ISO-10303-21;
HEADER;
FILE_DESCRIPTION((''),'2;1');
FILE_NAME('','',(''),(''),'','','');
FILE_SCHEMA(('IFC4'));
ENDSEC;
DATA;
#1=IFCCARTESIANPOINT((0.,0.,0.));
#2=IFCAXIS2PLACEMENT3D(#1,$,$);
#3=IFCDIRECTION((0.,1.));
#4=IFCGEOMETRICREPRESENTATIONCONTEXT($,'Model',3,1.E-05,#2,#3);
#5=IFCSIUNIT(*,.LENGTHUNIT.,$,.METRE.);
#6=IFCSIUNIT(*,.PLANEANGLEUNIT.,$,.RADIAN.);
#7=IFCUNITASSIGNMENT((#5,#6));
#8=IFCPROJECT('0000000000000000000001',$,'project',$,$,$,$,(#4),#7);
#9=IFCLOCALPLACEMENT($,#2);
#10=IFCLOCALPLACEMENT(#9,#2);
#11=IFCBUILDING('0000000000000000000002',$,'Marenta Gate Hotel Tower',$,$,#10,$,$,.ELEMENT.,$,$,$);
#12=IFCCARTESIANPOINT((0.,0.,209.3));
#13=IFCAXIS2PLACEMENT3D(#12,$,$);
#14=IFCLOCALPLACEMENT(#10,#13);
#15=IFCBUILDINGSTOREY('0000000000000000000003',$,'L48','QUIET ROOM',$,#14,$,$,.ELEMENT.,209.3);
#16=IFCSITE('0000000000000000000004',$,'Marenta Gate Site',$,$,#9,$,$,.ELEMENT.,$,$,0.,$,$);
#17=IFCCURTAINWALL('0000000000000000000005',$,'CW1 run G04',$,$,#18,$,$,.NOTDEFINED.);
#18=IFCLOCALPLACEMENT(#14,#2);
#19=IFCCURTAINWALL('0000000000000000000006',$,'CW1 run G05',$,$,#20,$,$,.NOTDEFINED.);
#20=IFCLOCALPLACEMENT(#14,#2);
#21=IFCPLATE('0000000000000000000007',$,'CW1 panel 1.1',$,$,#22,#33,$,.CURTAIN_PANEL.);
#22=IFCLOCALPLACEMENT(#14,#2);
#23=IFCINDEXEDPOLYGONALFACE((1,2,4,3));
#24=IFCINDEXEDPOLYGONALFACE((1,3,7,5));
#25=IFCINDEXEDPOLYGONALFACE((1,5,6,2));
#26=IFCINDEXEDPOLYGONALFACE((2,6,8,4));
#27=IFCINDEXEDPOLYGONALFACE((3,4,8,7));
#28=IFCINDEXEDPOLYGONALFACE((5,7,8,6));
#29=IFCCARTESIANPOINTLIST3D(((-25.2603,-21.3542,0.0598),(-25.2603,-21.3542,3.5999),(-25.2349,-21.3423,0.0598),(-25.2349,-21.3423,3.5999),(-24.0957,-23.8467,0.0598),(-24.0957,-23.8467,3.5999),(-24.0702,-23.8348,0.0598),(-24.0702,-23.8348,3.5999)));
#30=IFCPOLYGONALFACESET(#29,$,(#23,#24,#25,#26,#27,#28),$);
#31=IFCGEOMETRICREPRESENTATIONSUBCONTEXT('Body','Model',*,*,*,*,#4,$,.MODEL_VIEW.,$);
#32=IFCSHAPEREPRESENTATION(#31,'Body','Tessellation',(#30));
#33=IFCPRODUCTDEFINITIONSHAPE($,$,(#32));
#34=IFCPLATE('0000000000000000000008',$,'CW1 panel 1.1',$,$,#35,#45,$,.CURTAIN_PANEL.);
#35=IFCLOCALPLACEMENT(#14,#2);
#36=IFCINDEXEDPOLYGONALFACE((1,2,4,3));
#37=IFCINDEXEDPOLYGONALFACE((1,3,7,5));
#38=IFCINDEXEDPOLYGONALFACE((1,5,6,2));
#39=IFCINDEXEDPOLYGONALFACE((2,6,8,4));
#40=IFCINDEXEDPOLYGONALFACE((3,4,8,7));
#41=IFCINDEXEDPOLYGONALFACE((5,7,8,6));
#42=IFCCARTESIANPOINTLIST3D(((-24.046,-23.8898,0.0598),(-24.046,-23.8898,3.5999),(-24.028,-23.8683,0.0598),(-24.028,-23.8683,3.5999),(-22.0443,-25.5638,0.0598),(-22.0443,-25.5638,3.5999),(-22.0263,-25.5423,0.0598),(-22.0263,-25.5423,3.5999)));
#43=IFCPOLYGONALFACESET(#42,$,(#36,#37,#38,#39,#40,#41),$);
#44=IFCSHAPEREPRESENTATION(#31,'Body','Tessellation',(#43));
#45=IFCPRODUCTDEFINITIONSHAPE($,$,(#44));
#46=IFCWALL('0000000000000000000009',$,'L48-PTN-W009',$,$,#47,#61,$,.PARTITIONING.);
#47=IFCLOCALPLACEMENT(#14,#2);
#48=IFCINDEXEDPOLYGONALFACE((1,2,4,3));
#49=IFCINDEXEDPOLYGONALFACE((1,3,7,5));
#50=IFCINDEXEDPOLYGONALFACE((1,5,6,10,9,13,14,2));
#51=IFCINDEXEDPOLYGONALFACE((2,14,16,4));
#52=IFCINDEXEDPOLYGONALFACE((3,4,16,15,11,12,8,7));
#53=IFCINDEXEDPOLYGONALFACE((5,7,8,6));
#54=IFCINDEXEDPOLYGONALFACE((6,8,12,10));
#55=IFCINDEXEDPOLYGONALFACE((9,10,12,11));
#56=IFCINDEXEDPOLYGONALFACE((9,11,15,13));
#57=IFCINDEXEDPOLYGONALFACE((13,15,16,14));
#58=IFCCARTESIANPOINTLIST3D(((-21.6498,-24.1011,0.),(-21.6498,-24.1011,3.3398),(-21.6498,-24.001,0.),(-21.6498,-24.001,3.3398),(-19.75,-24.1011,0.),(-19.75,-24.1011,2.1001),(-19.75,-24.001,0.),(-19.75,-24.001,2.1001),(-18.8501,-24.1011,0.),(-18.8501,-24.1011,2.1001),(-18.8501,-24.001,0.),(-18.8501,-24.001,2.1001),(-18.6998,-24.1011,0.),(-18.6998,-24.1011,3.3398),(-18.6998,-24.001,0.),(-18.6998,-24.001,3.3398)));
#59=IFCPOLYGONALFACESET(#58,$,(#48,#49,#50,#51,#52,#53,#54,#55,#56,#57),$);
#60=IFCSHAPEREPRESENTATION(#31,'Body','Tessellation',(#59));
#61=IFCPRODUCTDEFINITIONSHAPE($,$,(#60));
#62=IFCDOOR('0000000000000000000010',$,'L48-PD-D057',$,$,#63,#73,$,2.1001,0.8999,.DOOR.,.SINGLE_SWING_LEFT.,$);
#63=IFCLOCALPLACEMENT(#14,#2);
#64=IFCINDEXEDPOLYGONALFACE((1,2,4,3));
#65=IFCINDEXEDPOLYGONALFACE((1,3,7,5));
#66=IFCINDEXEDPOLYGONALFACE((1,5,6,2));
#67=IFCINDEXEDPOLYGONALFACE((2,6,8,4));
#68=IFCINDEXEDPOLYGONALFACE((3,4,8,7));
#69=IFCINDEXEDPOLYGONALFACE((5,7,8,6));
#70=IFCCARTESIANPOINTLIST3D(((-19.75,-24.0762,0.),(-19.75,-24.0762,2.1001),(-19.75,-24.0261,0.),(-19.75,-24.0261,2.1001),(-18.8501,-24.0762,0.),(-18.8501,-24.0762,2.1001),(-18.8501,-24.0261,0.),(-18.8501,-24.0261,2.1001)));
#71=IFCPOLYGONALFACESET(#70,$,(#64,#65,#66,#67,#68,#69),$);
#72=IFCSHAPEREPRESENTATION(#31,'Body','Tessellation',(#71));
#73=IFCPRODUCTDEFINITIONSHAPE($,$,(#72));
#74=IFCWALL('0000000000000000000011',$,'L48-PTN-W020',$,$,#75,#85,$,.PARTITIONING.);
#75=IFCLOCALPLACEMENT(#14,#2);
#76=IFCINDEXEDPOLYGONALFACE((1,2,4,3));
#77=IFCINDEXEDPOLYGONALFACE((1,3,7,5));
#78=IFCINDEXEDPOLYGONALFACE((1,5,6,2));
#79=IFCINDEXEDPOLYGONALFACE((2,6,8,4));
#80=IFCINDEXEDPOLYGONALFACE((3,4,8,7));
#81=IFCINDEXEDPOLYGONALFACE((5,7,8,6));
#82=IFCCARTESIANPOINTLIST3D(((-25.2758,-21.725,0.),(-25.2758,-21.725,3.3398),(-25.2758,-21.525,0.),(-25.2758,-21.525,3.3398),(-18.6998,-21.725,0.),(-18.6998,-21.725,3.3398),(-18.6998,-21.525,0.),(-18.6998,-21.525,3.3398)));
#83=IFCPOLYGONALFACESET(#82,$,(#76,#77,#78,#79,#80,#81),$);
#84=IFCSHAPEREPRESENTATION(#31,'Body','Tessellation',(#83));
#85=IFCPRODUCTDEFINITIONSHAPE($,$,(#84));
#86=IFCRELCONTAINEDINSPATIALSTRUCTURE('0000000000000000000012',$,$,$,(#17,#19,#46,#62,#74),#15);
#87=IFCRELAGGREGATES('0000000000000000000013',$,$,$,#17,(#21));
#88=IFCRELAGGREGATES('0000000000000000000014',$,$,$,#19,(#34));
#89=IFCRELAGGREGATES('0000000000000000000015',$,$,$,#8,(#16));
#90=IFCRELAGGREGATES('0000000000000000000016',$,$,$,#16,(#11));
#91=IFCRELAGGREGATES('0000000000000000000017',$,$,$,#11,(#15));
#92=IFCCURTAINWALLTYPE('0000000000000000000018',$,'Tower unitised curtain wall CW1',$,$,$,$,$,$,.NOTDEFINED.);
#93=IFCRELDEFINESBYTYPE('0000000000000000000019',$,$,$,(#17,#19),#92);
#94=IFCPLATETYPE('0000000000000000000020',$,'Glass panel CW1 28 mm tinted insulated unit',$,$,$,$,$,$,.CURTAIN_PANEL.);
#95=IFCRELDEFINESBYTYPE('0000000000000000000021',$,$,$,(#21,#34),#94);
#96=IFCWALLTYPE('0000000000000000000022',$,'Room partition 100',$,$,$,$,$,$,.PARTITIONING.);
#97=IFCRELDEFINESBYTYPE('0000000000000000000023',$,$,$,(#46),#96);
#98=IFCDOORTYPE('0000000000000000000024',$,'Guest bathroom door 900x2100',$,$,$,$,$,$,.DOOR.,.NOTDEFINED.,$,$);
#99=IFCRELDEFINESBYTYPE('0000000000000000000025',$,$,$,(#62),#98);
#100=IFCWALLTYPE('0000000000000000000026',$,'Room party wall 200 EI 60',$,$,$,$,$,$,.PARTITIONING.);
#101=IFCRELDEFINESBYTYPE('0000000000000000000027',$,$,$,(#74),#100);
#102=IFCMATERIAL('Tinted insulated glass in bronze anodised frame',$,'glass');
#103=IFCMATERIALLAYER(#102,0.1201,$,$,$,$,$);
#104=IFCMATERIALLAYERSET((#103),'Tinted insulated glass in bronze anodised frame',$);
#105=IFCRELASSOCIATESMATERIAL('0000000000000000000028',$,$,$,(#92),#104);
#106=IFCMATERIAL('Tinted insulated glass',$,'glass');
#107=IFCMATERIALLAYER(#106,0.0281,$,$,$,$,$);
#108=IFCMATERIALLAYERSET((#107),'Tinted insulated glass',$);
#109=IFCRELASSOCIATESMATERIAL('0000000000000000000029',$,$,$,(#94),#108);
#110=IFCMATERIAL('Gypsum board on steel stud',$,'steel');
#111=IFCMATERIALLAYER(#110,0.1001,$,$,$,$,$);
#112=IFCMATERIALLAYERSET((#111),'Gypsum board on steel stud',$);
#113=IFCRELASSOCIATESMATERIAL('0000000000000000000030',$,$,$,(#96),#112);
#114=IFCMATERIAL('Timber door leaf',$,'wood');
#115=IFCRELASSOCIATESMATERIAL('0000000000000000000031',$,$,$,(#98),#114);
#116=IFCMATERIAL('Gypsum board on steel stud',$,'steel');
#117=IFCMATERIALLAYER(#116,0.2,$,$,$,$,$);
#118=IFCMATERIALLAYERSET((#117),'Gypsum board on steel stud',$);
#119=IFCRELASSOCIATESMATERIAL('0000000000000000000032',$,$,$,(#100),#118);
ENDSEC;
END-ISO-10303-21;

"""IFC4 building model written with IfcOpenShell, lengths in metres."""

from ifc_helpers import new_model, si_unit, direction, frame, frame_2d, origin, origin_2d, place, context, subcontext, project, spatial, rectangle, extrude, material, layer, layer_set, type_object, element, fill, aggregate, save


model = new_model("IFC4")

# Units and contexts
model_context = context("Model", 3, precision=1e-05, world=origin(), true_north=direction((0.0, 1.0)))
body_context = subcontext(model_context, "Body", "Model", "MODEL_VIEW")
ifc_project = project(units=[si_unit("LENGTHUNIT", "METRE"), si_unit("PLANEANGLEUNIT", "RADIAN")], contexts=[model_context])

# Site, building, storey
site_placement = place(None, origin())
site = spatial("IfcSite", under=ifc_project, at=site_placement, Name="Marenta Gate Site", CompositionType="ELEMENT", RefElevation=0.0)
building_placement = place(site_placement, origin())
building = spatial("IfcBuilding", under=site, at=building_placement, Name="Marenta Gate Hotel Tower", CompositionType="ELEMENT")
storey_placement = place(building_placement, frame((0.0, 0.0, 209.3)))
storey = spatial("IfcBuildingStorey", under=building, at=storey_placement, Name="L48", Description="QUIET ROOM", CompositionType="ELEMENT", Elevation=209.3)

# Curtain walls
ifc_material_1 = material(Name="Tinted insulated glass in bronze anodised frame", Category="glass")
ifc_layer_1 = layer(ifc_material_1, 0.1201)
ifc_layer_set_1 = layer_set([ifc_layer_1], Name="Tinted insulated glass in bronze anodised frame")
curtain_wall_type = type_object("IfcCurtainWallType", Name="Tower unitised curtain wall CW1", PredefinedType="NOTDEFINED", material=ifc_layer_set_1)
curtain_wall_1_placement = place(storey_placement, origin())
curtain_wall_1 = element("IfcCurtainWall", 1, at=curtain_wall_1_placement, inside=storey, type_object=curtain_wall_type, Name="CW1 run G04", PredefinedType="NOTDEFINED")
curtain_wall_2_placement = place(storey_placement, origin())
curtain_wall_2 = element("IfcCurtainWall", 2, at=curtain_wall_2_placement, inside=storey, type_object=curtain_wall_type, Name="CW1 run G05", PredefinedType="NOTDEFINED")

# Plates
ifc_material_2 = material(Name="Tinted insulated glass", Category="glass")
ifc_layer_2 = layer(ifc_material_2, 0.0281)
ifc_layer_set_2 = layer_set([ifc_layer_2], Name="Tinted insulated glass")
plate_type = type_object("IfcPlateType", Name="Glass panel CW1 28 mm tinted insulated unit", PredefinedType="CURTAIN_PANEL", material=ifc_layer_set_2)
plate_1_placement = place(storey_placement, frame((-24.6653, -22.5945, 0.0598), z_axis=(0.0, 0.0, 1.0), x_axis=(0.423337, -0.905972, 0.0)))
plate_1 = element("IfcPlate", 3, at=plate_1_placement, type_object=plate_type, Name="CW1 panel 1.1", PredefinedType="CURTAIN_PANEL", context=body_context, shape_type="SweptSolid", body=[
    extrude(rectangle(XDim=2.7512, YDim=0.0281, at=origin_2d()), origin(), (0.0, 0.0, 1.0), 3.54),
])
aggregate(curtain_wall_1, [plate_1])
plate_2_placement = place(storey_placement, frame((-23.0361, -24.7161, 0.0598), z_axis=(0.0, 0.0, 1.0), x_axis=(0.767102, -0.641525, 0.0)))
plate_2 = element("IfcPlate", 4, at=plate_2_placement, type_object=plate_type, Name="CW1 panel 1.1", PredefinedType="CURTAIN_PANEL", context=body_context, shape_type="SweptSolid", body=[
    extrude(rectangle(XDim=2.6094, YDim=0.0281, at=origin_2d()), origin(), (0.0, 0.0, 1.0), 3.54),
])
aggregate(curtain_wall_2, [plate_2])

# Wall, opening, door
ifc_material_3 = material(Name="Gypsum board on steel stud", Category="steel")
ifc_layer_3 = layer(ifc_material_3, 0.1001)
ifc_layer_set_3 = layer_set([ifc_layer_3], Name="Gypsum board on steel stud")
wall_type_1 = type_object("IfcWallType", Name="Room partition 100", PredefinedType="PARTITIONING", material=ifc_layer_set_3)
wall_1_placement = place(storey_placement, frame((-21.6499, -24.051, 0.0), z_axis=(0.0, 0.0, 1.0), x_axis=(1.0, 0.0, 0.0)))
wall_1 = element("IfcWall", 5, at=wall_1_placement, inside=storey, type_object=wall_type_1, Name="L48-PTN-W009", PredefinedType="PARTITIONING", context=body_context, shape_type="SweptSolid", body=[
    extrude(rectangle(XDim=2.95, YDim=0.1001, at=frame_2d((1.4751, 0.0))), origin(), (0.0, 0.0, 1.0), 3.3398),
])
opening_placement = place(wall_1_placement, frame((1.8999, 0.0, 0.0)))
opening = element("IfcOpeningElement", 6, at=opening_placement, cuts=wall_1, PredefinedType="OPENING", context=body_context, shape_type="SweptSolid", body=[
    extrude(rectangle(XDim=0.8999, YDim=2.1001, at=frame_2d((0.45, 1.05))), frame((0.0, 0.05, 0.0), z_axis=(0.0, -1.0, 0.0), x_axis=(1.0, 0.0, 0.0)), (0.0, 0.0, 1.0), 0.1001),
])
ifc_material_4 = material(Name="Timber door leaf", Category="wood")
door_type = type_object("IfcDoorType", Name="Guest bathroom door 900x2100", OperationType="NOTDEFINED", PredefinedType="DOOR", material=ifc_material_4)
door_placement = place(opening_placement, origin())
door = element("IfcDoor", 7, at=door_placement, inside=storey, type_object=door_type, Name="L48-PD-D057", OperationType="SINGLE_SWING_LEFT", OverallHeight=2.1001, OverallWidth=0.8999, PredefinedType="DOOR", context=body_context, shape_type="SweptSolid", body=[
    extrude(rectangle(XDim=0.8999, YDim=2.1001, at=frame_2d((0.45, 1.05))), frame((0.0, 0.0249, 0.0), z_axis=(0.0, -1.0, 0.0), x_axis=(1.0, 0.0, 0.0)), (0.0, 0.0, 1.0), 0.05),
])
fill(opening, door)

# Wall
ifc_material_5 = material(Name="Gypsum board on steel stud", Category="steel")
ifc_layer_4 = layer(ifc_material_5, 0.2)
ifc_layer_set_4 = layer_set([ifc_layer_4], Name="Gypsum board on steel stud")
wall_type_2 = type_object("IfcWallType", Name="Room party wall 200 EI 60", PredefinedType="PARTITIONING", material=ifc_layer_set_4)
wall_2_placement = place(storey_placement, frame((-25.2759, -21.625, 0.0), z_axis=(0.0, 0.0, 1.0), x_axis=(1.0, 0.0, 0.0)))
element("IfcWall", 8, at=wall_2_placement, inside=storey, type_object=wall_type_2, Name="L48-PTN-W020", PredefinedType="PARTITIONING", context=body_context, shape_type="SweptSolid", body=[
    extrude(rectangle(XDim=6.5759, YDim=0.2, at=frame_2d((3.2881, 0.0))), origin(), (0.0, 0.0, 1.0), 3.3398),
])

save(model, "model.ifc")
